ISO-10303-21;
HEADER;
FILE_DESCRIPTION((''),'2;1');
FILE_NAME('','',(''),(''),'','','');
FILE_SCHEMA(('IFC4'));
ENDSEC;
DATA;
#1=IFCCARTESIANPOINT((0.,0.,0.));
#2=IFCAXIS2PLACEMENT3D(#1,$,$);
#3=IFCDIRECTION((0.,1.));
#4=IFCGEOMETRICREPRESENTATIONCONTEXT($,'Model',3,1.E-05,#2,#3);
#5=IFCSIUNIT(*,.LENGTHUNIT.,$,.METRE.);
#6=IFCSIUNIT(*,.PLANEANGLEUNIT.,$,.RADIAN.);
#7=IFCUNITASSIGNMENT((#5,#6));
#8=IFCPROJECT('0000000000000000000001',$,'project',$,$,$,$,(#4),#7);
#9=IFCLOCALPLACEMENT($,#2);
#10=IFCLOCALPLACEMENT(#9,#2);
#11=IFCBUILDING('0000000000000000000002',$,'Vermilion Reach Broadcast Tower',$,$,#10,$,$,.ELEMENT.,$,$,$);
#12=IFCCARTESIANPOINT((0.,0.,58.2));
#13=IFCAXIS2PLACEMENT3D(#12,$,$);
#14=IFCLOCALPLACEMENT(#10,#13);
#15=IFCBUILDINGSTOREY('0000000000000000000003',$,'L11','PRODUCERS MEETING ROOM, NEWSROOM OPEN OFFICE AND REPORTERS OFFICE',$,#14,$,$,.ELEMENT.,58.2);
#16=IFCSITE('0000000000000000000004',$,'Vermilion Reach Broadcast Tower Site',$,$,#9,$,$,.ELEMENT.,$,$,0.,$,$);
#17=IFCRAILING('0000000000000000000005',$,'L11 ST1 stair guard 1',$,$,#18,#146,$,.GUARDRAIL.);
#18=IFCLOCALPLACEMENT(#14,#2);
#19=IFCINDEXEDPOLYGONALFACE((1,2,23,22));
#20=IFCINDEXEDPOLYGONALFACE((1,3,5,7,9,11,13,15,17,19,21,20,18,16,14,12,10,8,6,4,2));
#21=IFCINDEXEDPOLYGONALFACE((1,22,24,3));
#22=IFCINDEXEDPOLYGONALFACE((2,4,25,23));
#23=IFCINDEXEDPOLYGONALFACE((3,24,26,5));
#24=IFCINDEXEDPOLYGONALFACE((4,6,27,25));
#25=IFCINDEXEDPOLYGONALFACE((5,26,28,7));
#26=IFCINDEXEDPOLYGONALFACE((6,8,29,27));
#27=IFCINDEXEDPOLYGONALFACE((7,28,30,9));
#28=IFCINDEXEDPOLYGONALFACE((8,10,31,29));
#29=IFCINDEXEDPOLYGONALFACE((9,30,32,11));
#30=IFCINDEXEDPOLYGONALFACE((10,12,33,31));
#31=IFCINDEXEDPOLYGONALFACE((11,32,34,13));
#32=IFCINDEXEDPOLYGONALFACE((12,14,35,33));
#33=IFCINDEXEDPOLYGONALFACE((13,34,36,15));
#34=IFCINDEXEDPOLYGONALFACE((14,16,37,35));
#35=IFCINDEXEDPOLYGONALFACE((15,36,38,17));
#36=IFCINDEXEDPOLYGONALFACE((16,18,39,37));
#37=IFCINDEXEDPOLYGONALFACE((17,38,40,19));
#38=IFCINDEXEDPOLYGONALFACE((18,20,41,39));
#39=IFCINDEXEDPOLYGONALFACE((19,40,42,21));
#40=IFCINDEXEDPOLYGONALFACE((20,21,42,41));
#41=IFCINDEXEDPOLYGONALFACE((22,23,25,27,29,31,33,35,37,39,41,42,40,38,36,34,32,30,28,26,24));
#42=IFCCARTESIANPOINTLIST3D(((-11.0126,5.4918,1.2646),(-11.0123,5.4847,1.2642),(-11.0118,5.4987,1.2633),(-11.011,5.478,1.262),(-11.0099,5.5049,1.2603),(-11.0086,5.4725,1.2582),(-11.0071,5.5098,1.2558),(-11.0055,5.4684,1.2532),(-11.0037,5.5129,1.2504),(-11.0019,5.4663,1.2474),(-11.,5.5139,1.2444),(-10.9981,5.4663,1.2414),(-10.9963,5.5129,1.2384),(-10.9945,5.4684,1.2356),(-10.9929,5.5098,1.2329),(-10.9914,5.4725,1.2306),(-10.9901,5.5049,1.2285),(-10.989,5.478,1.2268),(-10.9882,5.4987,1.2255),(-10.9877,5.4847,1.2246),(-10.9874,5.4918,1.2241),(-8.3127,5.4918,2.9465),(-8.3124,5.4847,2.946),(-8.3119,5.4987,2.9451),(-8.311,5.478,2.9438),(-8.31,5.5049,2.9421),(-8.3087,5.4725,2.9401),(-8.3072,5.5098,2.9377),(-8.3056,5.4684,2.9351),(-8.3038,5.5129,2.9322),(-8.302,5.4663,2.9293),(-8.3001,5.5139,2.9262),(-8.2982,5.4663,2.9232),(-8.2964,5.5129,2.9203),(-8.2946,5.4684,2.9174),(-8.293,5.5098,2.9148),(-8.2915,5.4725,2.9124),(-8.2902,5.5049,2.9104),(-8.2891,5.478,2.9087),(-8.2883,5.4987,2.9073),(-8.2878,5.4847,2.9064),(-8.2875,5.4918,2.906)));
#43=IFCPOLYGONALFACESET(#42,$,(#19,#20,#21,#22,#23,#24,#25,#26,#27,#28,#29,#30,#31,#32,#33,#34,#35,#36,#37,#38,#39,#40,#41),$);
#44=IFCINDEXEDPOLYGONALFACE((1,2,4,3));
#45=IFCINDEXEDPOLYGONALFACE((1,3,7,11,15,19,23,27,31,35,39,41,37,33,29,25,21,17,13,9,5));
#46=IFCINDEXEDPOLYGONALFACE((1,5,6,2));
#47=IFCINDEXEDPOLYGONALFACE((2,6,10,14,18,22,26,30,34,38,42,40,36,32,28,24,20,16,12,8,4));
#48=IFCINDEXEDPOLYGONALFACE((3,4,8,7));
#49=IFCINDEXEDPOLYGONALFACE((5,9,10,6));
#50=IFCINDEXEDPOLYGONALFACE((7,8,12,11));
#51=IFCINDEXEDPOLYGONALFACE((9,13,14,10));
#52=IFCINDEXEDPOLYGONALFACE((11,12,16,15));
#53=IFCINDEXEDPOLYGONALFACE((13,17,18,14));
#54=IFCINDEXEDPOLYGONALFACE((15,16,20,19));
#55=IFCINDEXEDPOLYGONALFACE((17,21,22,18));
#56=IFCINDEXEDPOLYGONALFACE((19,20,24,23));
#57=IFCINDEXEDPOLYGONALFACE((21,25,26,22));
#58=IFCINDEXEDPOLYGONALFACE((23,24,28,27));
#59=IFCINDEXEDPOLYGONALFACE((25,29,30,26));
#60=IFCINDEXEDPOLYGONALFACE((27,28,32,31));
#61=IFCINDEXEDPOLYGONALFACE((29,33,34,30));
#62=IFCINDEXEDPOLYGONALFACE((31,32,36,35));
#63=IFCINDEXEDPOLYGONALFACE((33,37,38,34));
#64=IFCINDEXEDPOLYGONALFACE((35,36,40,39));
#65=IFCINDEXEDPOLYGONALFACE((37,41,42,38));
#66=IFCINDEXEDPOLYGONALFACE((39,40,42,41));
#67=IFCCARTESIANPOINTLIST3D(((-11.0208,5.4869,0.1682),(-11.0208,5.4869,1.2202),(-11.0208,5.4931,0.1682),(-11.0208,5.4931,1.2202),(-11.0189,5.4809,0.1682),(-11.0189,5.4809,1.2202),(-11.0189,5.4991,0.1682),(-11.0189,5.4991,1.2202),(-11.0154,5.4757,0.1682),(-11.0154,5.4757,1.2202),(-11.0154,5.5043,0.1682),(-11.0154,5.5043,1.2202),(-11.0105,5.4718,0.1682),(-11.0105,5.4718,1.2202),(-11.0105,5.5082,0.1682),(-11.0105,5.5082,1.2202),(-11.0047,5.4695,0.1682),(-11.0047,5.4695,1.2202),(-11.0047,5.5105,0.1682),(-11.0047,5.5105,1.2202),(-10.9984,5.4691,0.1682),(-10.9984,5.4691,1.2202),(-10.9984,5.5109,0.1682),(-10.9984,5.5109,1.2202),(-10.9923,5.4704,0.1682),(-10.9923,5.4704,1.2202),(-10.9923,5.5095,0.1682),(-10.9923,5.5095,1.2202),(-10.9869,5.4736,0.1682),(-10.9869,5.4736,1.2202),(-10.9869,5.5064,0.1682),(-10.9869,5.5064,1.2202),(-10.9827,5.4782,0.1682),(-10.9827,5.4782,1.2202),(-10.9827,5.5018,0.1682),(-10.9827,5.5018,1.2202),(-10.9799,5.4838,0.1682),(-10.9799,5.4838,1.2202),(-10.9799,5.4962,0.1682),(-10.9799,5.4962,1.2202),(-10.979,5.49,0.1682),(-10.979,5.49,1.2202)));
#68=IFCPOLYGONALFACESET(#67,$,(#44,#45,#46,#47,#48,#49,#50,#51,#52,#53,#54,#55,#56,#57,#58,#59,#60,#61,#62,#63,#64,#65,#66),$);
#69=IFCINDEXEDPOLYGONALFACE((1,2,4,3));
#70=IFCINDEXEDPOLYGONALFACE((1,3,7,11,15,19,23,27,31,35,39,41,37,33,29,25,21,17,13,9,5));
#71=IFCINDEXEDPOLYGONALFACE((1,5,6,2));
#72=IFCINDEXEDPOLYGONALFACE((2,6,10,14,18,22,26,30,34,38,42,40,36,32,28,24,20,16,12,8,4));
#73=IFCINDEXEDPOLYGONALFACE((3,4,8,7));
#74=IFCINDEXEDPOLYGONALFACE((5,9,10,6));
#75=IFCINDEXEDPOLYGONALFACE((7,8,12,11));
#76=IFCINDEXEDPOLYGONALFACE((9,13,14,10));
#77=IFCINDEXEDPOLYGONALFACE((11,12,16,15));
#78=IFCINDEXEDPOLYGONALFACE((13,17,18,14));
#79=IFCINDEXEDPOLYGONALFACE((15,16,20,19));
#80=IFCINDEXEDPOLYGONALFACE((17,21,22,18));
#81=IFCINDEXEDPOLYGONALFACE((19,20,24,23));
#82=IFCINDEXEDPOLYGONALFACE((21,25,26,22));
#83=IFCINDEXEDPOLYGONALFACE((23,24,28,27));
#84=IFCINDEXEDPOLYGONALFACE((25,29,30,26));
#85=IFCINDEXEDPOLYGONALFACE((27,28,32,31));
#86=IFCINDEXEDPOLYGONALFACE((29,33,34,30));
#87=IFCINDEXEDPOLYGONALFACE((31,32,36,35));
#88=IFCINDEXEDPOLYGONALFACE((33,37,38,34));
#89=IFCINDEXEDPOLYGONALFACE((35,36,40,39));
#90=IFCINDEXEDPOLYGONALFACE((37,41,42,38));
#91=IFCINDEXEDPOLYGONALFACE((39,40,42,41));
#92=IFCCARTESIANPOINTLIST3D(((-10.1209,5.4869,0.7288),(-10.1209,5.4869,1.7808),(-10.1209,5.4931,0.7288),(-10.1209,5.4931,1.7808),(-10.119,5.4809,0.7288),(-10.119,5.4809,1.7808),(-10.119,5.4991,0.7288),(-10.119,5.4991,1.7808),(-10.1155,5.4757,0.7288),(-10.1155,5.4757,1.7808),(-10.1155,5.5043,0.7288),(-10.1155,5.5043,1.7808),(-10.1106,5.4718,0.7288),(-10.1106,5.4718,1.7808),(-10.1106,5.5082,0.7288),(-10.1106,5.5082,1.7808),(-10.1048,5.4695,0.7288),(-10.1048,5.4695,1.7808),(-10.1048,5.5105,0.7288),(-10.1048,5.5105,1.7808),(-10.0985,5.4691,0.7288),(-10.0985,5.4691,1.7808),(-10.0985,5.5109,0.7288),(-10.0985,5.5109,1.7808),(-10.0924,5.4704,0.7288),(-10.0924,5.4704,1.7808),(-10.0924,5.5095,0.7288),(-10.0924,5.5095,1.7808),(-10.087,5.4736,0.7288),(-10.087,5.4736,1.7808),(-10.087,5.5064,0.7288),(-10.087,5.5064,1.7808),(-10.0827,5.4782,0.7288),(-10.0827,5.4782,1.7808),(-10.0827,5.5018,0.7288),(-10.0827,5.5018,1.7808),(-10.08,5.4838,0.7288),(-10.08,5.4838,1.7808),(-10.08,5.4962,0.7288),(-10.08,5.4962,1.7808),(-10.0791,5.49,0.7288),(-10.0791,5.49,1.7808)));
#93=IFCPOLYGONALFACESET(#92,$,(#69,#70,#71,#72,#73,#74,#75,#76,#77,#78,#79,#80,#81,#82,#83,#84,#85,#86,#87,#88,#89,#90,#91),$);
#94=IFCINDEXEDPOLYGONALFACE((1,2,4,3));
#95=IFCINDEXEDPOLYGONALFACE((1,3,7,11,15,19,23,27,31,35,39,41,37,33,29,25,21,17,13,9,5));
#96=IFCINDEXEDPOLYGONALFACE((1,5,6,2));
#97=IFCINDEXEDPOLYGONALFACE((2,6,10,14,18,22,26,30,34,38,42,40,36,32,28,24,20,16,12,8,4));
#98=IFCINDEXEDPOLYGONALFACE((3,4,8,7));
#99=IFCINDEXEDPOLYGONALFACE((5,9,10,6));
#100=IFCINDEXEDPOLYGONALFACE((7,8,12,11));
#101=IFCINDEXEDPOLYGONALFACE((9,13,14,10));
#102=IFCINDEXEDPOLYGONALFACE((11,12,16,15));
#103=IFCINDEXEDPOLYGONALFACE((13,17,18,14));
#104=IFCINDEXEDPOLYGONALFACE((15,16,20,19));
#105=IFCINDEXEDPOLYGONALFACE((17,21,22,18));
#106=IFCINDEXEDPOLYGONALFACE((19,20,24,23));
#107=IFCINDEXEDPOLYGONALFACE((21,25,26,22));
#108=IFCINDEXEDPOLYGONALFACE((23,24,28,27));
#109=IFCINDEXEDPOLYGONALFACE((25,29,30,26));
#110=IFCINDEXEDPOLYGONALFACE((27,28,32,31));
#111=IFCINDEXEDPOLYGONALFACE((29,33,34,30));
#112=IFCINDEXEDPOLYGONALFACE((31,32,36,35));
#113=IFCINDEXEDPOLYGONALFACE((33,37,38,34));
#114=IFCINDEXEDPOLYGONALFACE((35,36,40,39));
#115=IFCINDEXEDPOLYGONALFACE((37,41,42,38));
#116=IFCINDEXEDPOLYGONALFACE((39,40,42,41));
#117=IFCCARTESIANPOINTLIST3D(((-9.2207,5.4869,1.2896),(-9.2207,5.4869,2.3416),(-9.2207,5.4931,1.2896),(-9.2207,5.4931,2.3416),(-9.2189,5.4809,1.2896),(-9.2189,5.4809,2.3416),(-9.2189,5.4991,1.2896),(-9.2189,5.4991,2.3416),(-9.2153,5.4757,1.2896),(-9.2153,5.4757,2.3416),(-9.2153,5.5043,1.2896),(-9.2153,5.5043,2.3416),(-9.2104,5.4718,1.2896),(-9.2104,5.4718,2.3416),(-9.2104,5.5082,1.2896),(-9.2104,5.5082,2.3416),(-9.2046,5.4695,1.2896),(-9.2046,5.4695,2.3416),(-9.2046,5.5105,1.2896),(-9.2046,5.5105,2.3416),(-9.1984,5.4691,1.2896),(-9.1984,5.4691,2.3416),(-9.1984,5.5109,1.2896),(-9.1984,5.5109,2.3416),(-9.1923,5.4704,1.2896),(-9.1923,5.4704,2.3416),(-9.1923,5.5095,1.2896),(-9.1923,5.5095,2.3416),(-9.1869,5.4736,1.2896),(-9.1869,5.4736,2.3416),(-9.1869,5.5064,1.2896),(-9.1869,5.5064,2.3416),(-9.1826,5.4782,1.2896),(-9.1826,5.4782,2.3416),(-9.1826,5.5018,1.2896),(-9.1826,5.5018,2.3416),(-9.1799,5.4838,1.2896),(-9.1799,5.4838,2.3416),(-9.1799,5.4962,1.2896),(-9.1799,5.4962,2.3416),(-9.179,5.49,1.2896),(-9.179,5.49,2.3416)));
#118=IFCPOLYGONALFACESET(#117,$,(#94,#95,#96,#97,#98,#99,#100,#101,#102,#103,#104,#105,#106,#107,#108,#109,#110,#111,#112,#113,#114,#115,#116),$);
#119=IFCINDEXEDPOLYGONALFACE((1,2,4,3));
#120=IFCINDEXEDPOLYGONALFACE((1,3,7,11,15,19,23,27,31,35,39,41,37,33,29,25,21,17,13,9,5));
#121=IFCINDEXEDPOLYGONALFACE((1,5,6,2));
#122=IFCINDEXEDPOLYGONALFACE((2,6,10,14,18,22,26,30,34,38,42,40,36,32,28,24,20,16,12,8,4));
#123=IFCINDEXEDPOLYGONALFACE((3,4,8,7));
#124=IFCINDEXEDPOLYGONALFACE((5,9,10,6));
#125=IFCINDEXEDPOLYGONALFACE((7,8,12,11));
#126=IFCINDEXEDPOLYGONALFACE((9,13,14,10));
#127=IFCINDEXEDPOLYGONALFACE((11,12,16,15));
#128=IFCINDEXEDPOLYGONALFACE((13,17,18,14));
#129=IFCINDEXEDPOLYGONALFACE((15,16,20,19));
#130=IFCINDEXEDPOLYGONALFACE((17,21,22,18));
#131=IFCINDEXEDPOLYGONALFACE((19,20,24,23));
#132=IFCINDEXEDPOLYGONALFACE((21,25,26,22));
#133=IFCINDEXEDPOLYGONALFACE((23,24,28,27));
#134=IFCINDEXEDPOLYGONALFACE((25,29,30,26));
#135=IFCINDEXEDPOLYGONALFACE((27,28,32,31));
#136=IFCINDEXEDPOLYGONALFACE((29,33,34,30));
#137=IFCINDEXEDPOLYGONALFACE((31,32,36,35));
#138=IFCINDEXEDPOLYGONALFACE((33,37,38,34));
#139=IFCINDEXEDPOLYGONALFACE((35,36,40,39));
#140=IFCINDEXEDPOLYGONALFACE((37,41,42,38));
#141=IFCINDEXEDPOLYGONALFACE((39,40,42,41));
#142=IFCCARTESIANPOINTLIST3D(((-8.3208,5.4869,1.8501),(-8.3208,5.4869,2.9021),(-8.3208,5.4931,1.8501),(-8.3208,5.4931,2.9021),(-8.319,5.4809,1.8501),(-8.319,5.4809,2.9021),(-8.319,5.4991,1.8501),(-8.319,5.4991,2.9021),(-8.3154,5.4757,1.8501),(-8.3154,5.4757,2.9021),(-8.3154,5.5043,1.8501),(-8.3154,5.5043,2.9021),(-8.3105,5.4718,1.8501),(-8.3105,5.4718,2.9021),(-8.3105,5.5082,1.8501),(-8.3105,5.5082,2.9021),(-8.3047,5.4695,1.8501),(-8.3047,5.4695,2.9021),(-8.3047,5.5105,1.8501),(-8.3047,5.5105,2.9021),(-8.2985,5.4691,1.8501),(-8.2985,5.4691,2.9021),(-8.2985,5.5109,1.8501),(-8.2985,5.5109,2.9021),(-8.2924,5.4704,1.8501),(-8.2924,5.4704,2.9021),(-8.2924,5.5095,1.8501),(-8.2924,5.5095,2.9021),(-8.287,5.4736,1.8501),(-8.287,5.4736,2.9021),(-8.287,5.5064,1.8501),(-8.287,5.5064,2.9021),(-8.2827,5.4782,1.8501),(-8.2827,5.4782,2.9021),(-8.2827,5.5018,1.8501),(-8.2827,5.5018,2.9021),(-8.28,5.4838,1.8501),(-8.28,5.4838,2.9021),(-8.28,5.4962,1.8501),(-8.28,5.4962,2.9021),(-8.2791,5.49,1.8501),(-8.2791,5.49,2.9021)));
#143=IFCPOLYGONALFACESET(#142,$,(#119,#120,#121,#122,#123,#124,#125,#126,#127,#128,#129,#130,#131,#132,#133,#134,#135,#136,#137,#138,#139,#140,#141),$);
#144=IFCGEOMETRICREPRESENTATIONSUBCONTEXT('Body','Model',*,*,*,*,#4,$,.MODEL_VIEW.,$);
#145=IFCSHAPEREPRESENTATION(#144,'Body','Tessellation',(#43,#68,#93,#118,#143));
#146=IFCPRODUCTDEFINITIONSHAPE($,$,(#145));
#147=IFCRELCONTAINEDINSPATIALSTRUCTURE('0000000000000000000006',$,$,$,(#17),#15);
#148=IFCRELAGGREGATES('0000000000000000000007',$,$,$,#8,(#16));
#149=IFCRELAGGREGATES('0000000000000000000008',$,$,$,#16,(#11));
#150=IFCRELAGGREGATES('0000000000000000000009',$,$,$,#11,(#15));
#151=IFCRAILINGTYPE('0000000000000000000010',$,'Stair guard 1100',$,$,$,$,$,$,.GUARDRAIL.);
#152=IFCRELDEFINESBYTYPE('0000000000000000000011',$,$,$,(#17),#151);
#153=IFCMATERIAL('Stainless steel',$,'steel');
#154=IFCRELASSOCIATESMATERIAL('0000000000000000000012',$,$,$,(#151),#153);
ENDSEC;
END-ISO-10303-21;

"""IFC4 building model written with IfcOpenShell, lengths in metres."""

from ifc_helpers import new_model, si_unit, direction, frame, origin, origin_2d, place, context, subcontext, project, spatial, circle, extrude, material, type_object, element, save


model = new_model("IFC4")

# Units and contexts
model_context = context("Model", 3, precision=1e-05, world=origin(), true_north=direction((0.0, 1.0)))
body_context = subcontext(model_context, "Body", "Model", "MODEL_VIEW")
ifc_project = project(units=[si_unit("LENGTHUNIT", "METRE"), si_unit("PLANEANGLEUNIT", "RADIAN")], contexts=[model_context])

# Site, building, storey
site_placement = place(None, origin())
site = spatial("IfcSite", under=ifc_project, at=site_placement, Name="Vermilion Reach Broadcast Tower Site", CompositionType="ELEMENT", RefElevation=0.0)
building_placement = place(site_placement, origin())
building = spatial("IfcBuilding", under=site, at=building_placement, Name="Vermilion Reach Broadcast Tower", CompositionType="ELEMENT")
storey_placement = place(building_placement, frame((0.0, 0.0, 58.2)))
storey = spatial("IfcBuildingStorey", under=building, at=storey_placement, Name="L11", Description="PRODUCERS MEETING ROOM, NEWSROOM OPEN OFFICE AND REPORTERS OFFICE", CompositionType="ELEMENT", Elevation=58.2)

# Railing
ifc_material_1 = material(Name="Stainless steel", Category="steel")
railing_type_1 = type_object("IfcRailingType", Name="Stair guard 1100", PredefinedType="GUARDRAIL", material=ifc_material_1)
railing_1_placement = place(storey_placement, frame((-11.0, 5.49, 0.1682)))
element("IfcRailing", 1, at=railing_1_placement, inside=storey, type_object=railing_type_1, Name="L11 ST1 stair guard 1", PredefinedType="GUARDRAIL", context=body_context, shape_type="SweptSolid", body=[
    extrude(circle(Radius=0.0239, at=origin_2d()), frame((0.0, 0.0, 1.0762), z_axis=(0.848786, 0.0, 0.528736), x_axis=(0.0, 1.0, 0.0)), (0.0, 0.0, 1.0), 3.1809),
    extrude(circle(Radius=0.021, at=origin_2d()), origin(), (0.0, 0.0, 1.0), 1.052),
    extrude(circle(Radius=0.021, at=origin_2d()), frame((0.8999, 0.0, 0.5605)), (0.0, 0.0, 1.0), 1.052),
    extrude(circle(Radius=0.021, at=origin_2d()), frame((1.8, 0.0, 1.1213)), (0.0, 0.0, 1.0), 1.052),
    extrude(circle(Radius=0.021, at=origin_2d()), frame((2.7, 0.0, 1.6819)), (0.0, 0.0, 1.0), 1.052),
])

save(model, "model.ifc")
